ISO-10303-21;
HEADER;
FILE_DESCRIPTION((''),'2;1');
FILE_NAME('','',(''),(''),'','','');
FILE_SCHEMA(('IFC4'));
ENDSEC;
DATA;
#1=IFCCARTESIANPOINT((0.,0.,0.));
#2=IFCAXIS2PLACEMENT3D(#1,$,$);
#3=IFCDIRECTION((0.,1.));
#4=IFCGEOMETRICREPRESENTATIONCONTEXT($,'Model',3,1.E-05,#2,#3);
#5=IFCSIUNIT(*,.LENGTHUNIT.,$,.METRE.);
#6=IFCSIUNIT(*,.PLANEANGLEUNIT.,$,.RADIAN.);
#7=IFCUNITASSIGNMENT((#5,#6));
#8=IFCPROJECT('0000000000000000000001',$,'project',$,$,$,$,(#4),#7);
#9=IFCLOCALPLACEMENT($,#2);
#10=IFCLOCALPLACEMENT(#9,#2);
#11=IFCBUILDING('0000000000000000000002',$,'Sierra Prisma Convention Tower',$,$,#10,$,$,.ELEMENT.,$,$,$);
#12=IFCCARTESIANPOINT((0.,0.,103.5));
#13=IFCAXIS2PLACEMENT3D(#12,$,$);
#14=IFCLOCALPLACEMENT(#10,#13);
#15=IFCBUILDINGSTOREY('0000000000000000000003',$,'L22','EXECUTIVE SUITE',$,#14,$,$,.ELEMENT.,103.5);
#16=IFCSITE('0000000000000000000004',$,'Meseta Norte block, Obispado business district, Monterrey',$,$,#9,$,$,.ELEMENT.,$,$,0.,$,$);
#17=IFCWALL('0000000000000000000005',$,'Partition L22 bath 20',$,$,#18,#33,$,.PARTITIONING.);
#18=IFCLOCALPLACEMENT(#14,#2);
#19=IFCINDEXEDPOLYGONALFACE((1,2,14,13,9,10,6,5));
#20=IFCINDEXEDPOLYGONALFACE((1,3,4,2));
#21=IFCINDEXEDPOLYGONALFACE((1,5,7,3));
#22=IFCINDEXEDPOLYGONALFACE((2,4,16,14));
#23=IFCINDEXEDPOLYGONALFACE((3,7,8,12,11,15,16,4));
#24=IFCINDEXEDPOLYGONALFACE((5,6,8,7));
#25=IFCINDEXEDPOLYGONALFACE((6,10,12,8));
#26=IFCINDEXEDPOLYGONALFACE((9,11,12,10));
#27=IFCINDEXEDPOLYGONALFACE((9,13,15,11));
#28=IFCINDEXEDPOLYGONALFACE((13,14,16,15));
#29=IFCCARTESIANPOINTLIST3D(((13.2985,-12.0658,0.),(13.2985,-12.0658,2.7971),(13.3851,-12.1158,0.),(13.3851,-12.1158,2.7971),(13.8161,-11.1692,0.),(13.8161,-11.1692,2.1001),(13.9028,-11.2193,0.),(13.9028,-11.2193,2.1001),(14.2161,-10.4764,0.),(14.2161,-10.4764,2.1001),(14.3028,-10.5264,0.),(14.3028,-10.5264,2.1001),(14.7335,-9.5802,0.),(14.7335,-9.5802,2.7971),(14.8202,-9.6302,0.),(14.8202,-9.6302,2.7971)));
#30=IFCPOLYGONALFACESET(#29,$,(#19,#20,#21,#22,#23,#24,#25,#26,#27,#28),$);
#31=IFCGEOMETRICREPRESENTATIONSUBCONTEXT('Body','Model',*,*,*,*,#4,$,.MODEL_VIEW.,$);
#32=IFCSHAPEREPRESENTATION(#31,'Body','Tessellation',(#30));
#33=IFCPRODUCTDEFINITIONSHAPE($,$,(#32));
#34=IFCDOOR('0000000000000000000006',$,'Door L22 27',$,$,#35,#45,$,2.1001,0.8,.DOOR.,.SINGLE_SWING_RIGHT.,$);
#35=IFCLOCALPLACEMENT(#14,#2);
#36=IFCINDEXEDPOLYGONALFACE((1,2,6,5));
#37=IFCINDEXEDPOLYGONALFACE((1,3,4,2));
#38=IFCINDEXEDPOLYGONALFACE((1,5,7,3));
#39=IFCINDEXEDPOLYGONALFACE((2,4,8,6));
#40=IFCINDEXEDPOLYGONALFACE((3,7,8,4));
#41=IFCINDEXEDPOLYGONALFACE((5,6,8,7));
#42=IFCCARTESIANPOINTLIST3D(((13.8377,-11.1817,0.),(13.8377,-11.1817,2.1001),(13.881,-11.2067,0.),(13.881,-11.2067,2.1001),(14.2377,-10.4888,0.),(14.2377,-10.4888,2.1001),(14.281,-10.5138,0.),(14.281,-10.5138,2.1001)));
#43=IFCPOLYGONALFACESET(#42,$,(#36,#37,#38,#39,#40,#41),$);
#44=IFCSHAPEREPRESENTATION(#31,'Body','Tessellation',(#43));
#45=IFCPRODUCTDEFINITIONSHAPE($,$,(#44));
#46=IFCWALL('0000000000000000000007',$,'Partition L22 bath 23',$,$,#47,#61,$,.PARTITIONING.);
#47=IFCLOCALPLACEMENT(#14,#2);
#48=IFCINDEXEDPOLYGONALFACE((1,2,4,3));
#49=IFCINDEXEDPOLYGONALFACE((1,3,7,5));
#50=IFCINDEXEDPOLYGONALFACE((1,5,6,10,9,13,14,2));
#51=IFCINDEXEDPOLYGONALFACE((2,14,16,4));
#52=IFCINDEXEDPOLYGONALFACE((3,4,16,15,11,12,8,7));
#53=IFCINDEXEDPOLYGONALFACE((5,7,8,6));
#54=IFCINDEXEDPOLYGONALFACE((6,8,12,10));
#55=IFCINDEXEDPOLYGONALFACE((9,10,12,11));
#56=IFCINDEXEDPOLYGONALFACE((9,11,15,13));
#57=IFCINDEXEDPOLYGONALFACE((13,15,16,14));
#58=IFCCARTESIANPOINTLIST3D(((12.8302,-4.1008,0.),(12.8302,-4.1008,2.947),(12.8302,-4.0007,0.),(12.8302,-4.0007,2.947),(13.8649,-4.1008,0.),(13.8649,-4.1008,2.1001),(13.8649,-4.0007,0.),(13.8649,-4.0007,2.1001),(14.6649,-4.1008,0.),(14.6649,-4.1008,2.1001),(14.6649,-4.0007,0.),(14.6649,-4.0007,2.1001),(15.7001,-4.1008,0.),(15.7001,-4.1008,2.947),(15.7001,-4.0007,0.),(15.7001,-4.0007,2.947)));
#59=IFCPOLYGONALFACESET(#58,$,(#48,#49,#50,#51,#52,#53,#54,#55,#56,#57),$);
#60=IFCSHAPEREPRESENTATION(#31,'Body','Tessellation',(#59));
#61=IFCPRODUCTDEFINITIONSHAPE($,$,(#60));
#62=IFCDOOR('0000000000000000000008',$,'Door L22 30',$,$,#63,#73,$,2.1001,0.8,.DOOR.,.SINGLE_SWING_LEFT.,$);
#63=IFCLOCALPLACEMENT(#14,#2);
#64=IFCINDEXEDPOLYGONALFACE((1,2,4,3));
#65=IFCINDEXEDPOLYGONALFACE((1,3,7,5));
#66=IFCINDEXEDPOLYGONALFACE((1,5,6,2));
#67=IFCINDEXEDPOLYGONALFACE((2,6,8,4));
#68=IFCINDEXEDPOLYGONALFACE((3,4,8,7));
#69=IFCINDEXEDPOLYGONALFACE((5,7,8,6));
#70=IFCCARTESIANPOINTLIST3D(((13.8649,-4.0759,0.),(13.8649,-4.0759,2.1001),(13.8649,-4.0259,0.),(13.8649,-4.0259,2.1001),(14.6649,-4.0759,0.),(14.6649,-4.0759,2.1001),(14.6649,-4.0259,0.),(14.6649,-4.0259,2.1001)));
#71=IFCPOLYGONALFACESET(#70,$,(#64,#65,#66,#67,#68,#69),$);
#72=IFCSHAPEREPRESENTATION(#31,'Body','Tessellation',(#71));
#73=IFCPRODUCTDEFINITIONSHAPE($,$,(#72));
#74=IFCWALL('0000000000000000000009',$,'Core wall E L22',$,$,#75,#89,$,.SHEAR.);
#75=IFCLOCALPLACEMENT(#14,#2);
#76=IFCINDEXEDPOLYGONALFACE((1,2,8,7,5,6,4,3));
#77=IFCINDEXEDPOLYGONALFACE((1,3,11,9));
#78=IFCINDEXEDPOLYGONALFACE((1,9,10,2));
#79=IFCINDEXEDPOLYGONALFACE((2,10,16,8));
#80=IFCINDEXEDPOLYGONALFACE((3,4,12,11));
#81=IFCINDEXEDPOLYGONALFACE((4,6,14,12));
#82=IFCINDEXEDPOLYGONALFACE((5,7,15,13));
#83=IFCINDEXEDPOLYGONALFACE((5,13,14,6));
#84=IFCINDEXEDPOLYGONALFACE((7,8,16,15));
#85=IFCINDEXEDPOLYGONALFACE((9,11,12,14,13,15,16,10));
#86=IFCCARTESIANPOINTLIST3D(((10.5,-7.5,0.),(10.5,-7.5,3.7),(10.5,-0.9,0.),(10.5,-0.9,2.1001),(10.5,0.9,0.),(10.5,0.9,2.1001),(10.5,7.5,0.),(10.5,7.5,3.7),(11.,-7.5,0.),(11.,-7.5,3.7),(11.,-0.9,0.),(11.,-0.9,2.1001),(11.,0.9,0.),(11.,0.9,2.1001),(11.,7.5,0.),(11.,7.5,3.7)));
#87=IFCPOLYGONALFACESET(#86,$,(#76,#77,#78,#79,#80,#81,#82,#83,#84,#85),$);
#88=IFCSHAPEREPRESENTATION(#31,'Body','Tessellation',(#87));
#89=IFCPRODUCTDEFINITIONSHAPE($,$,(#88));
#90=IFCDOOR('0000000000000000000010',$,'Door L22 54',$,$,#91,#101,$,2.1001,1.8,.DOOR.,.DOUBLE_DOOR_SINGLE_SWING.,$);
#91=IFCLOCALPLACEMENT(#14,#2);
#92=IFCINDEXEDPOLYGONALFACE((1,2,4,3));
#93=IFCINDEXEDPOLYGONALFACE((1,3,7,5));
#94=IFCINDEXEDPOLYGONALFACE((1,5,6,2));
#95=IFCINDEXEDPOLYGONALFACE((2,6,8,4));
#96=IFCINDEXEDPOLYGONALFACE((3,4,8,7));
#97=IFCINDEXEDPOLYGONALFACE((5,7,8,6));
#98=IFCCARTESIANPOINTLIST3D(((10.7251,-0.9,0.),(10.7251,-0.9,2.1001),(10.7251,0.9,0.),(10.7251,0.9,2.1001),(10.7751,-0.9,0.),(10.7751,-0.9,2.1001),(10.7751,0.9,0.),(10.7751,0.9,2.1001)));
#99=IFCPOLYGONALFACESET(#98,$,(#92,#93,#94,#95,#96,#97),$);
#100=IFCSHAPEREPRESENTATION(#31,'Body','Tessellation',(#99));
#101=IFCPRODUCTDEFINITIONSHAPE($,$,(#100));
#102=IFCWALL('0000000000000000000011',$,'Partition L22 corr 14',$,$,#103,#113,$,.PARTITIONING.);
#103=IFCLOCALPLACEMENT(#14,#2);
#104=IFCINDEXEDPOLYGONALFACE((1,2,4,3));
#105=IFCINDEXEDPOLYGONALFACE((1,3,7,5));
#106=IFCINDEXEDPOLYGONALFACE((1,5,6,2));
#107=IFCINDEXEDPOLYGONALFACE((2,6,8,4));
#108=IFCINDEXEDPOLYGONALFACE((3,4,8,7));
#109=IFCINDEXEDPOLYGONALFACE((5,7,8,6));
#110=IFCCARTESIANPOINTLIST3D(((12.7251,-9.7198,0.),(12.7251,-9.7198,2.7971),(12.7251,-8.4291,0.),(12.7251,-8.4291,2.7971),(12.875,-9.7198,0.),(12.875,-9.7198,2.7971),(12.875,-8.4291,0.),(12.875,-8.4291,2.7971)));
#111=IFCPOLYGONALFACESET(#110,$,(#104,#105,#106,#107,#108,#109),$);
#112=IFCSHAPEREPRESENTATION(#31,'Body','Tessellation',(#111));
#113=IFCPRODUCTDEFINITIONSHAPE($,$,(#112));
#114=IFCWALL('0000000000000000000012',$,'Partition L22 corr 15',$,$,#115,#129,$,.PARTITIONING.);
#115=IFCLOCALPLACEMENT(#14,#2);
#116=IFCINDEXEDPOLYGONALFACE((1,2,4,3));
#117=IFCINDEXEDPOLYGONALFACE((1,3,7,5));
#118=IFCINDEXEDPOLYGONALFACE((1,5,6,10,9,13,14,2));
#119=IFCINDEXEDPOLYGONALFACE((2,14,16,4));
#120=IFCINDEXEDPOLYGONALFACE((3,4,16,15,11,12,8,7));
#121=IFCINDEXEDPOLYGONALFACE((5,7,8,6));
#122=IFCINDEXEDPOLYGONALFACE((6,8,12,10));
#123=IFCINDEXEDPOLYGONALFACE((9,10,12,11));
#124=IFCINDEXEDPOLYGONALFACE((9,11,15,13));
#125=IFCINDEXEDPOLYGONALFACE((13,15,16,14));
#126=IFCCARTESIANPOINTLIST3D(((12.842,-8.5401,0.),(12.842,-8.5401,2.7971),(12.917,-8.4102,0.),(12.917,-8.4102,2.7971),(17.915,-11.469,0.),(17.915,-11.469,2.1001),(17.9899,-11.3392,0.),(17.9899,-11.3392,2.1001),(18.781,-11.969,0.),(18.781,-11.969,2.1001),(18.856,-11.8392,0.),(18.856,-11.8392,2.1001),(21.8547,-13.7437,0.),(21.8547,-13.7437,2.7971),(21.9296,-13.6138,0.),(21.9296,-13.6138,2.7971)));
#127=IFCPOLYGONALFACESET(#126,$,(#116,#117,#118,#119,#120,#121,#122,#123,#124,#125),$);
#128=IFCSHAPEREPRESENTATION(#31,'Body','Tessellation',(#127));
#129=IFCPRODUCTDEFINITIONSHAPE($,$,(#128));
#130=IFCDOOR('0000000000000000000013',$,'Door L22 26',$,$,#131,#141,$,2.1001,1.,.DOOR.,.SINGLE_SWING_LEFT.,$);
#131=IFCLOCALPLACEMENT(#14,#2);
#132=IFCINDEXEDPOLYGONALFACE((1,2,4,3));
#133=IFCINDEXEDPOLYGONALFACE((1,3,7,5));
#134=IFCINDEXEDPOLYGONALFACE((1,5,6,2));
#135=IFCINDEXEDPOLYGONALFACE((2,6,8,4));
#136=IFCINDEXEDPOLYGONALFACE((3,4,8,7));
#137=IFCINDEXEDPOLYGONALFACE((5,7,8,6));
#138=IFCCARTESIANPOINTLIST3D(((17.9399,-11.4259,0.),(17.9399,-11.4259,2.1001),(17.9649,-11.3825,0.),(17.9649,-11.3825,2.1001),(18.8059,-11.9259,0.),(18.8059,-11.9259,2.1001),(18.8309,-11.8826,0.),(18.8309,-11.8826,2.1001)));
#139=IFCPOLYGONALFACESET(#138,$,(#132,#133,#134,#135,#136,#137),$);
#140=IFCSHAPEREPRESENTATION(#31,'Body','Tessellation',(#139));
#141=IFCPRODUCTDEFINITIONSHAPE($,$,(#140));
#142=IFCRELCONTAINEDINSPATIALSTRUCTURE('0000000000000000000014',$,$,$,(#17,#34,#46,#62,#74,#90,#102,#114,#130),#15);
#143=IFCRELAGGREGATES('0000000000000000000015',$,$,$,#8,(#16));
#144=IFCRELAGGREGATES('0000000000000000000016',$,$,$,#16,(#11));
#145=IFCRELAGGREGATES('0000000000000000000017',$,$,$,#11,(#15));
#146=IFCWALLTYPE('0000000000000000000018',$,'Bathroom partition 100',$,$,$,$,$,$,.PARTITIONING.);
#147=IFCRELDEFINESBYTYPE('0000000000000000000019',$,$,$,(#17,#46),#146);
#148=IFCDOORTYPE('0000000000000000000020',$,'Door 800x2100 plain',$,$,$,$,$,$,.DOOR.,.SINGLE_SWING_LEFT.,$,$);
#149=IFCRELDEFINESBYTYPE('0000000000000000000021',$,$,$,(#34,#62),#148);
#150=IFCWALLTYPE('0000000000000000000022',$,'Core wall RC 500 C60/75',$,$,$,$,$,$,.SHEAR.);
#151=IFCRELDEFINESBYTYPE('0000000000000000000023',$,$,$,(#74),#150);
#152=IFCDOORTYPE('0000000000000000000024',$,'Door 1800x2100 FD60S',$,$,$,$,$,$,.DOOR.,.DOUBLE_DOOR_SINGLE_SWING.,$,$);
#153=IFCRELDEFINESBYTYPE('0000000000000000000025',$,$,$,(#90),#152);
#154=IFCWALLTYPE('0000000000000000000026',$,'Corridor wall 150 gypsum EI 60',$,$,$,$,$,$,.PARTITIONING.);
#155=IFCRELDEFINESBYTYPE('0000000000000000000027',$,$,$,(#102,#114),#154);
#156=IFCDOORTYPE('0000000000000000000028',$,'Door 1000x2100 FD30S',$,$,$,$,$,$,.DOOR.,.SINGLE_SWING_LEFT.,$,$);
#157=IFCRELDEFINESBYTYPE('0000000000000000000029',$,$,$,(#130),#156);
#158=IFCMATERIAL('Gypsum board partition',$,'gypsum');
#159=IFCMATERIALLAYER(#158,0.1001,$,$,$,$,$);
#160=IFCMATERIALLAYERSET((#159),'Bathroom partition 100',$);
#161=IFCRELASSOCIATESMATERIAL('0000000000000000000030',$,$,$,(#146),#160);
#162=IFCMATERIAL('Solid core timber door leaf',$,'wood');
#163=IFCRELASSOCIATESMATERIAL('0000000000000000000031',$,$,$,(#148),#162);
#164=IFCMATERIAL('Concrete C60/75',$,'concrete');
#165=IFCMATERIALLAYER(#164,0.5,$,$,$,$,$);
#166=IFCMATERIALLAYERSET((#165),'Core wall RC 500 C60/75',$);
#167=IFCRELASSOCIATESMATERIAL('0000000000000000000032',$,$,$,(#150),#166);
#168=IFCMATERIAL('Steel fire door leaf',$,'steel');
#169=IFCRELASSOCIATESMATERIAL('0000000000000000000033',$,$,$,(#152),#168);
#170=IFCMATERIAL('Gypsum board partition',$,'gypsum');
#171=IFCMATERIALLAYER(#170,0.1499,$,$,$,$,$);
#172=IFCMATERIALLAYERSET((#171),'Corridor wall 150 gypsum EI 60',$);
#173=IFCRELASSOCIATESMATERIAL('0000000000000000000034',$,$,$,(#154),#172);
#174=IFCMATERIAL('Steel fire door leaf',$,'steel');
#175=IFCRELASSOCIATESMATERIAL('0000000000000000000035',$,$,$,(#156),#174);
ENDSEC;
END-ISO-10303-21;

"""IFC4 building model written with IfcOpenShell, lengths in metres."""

from ifc_helpers import new_model, si_unit, direction, frame, frame_2d, origin, place, context, subcontext, project, spatial, rectangle, extrude, material, layer, layer_set, type_object, element, fill, save


model = new_model("IFC4")

# Units and contexts
model_context = context("Model", 3, precision=1e-05, world=origin(), true_north=direction((0.0, 1.0)))
body_context = subcontext(model_context, "Body", "Model", "MODEL_VIEW")
ifc_project = project(units=[si_unit("LENGTHUNIT", "METRE"), si_unit("PLANEANGLEUNIT", "RADIAN")], contexts=[model_context])

# Site, building, storey
site_placement = place(None, origin())
site = spatial("IfcSite", under=ifc_project, at=site_placement, Name="Meseta Norte block, Obispado business district, Monterrey", CompositionType="ELEMENT", RefElevation=0.0)
building_placement = place(site_placement, origin())
building = spatial("IfcBuilding", under=site, at=building_placement, Name="Sierra Prisma Convention Tower", CompositionType="ELEMENT")
storey_placement = place(building_placement, frame((0.0, 0.0, 103.5)))
storey = spatial("IfcBuildingStorey", under=building, at=storey_placement, Name="L22", Description="EXECUTIVE SUITE", CompositionType="ELEMENT", Elevation=103.5)

# Walls, openings, doors
ifc_material_1 = material(Name="Gypsum board partition", Category="gypsum")
ifc_layer_1 = layer(ifc_material_1, 0.1001)
ifc_layer_set_1 = layer_set([ifc_layer_1], Name="Bathroom partition 100")
wall_type_1 = type_object("IfcWallType", Name="Bathroom partition 100", PredefinedType="PARTITIONING", material=ifc_layer_set_1)
wall_1_placement = place(storey_placement, frame((14.7769, -9.6052, 0.0), z_axis=(0.0, 0.0, 1.0), x_axis=(-0.5, -0.866026, 0.0)))
wall_1 = element("IfcWall", 1, at=wall_1_placement, inside=storey, type_object=wall_type_1, Name="Partition L22 bath 20", PredefinedType="PARTITIONING", context=body_context, shape_type="SweptSolid", body=[
    extrude(rectangle(XDim=2.8701, YDim=0.1001, at=frame_2d((1.4351, 0.0))), origin(), (0.0, 0.0, 1.0), 2.7971),
])
opening_1_placement = place(wall_1_placement, frame((1.0349, 0.0, 0.0)))
opening_1 = element("IfcOpeningElement", 2, at=opening_1_placement, cuts=wall_1, PredefinedType="OPENING", context=body_context, shape_type="SweptSolid", body=[
    extrude(rectangle(XDim=0.8, YDim=2.1001, at=frame_2d((0.3999, 1.05))), frame((0.0, 0.05, 0.0), z_axis=(0.0, -1.0, 0.0), x_axis=(1.0, 0.0, 0.0)), (0.0, 0.0, 1.0), 0.1001),
])
ifc_material_2 = material(Name="Solid core timber door leaf", Category="wood")
door_type_1 = type_object("IfcDoorType", Name="Door 800x2100 plain", OperationType="SINGLE_SWING_LEFT", PredefinedType="DOOR", material=ifc_material_2)
door_1_placement = place(opening_1_placement, origin())
door_1 = element("IfcDoor", 3, at=door_1_placement, inside=storey, type_object=door_type_1, Name="Door L22 27", OperationType="SINGLE_SWING_RIGHT", OverallHeight=2.1001, OverallWidth=0.8, PredefinedType="DOOR", context=body_context, shape_type="SweptSolid", body=[
    extrude(rectangle(XDim=0.8, YDim=2.1001, at=frame_2d((0.3999, 1.05))), frame((0.0, 0.0249, 0.0), z_axis=(0.0, -1.0, 0.0), x_axis=(1.0, 0.0, 0.0)), (0.0, 0.0, 1.0), 0.05),
])
fill(opening_1, door_1)
wall_2_placement = place(storey_placement, frame((12.8301, -4.0508, 0.0), z_axis=(0.0, 0.0, 1.0), x_axis=(1.0, 0.0, 0.0)))
wall_2 = element("IfcWall", 4, at=wall_2_placement, inside=storey, type_object=wall_type_1, Name="Partition L22 bath 23", PredefinedType="PARTITIONING", context=body_context, shape_type="SweptSolid", body=[
    extrude(rectangle(XDim=2.8699, YDim=0.1001, at=frame_2d((1.4351, 0.0))), origin(), (0.0, 0.0, 1.0), 2.947),
])
opening_2_placement = place(wall_2_placement, frame((1.0349, 0.0, 0.0)))
opening_2 = element("IfcOpeningElement", 5, at=opening_2_placement, cuts=wall_2, PredefinedType="OPENING", context=body_context, shape_type="SweptSolid", body=[
    extrude(rectangle(XDim=0.8, YDim=2.1001, at=frame_2d((0.3999, 1.05))), frame((0.0, 0.05, 0.0), z_axis=(0.0, -1.0, 0.0), x_axis=(1.0, 0.0, 0.0)), (0.0, 0.0, 1.0), 0.1001),
])
door_2_placement = place(opening_2_placement, origin())
door_2 = element("IfcDoor", 6, at=door_2_placement, inside=storey, type_object=door_type_1, Name="Door L22 30", OperationType="SINGLE_SWING_LEFT", OverallHeight=2.1001, OverallWidth=0.8, PredefinedType="DOOR", context=body_context, shape_type="SweptSolid", body=[
    extrude(rectangle(XDim=0.8, YDim=2.1001, at=frame_2d((0.3999, 1.05))), frame((0.0, 0.0249, 0.0), z_axis=(0.0, -1.0, 0.0), x_axis=(1.0, 0.0, 0.0)), (0.0, 0.0, 1.0), 0.05),
])
fill(opening_2, door_2)
ifc_material_3 = material(Name="Concrete C60/75", Category="concrete")
ifc_layer_2 = layer(ifc_material_3, 0.5)
ifc_layer_set_2 = layer_set([ifc_layer_2], Name="Core wall RC 500 C60/75")
wall_type_2 = type_object("IfcWallType", Name="Core wall RC 500 C60/75", PredefinedType="SHEAR", material=ifc_layer_set_2)
wall_3_placement = place(storey_placement, frame((10.75, -7.5, 0.0), z_axis=(0.0, 0.0, 1.0), x_axis=(0.0, 1.0, 0.0)))
wall_3 = element("IfcWall", 7, at=wall_3_placement, inside=storey, type_object=wall_type_2, Name="Core wall E L22", PredefinedType="SHEAR", context=body_context, shape_type="SweptSolid", body=[
    extrude(rectangle(XDim=15.0, YDim=0.5, at=frame_2d((7.5, 0.0))), origin(), (0.0, 0.0, 1.0), 3.7),
])
opening_3_placement = place(wall_3_placement, frame((6.6001, 0.0, 0.0)))
opening_3 = element("IfcOpeningElement", 8, at=opening_3_placement, cuts=wall_3, PredefinedType="OPENING", context=body_context, shape_type="SweptSolid", body=[
    extrude(rectangle(XDim=1.8, YDim=2.1001, at=frame_2d((0.8999, 1.05))), frame((0.0, 0.25, 0.0), z_axis=(0.0, -1.0, 0.0), x_axis=(1.0, 0.0, 0.0)), (0.0, 0.0, 1.0), 0.5),
])
ifc_material_4 = material(Name="Steel fire door leaf", Category="steel")
door_type_2 = type_object("IfcDoorType", Name="Door 1800x2100 FD60S", OperationType="DOUBLE_DOOR_SINGLE_SWING", PredefinedType="DOOR", material=ifc_material_4)
door_3_placement = place(opening_3_placement, origin())
door_3 = element("IfcDoor", 9, at=door_3_placement, inside=storey, type_object=door_type_2, Name="Door L22 54", OperationType="DOUBLE_DOOR_SINGLE_SWING", OverallHeight=2.1001, OverallWidth=1.8, PredefinedType="DOOR", context=body_context, shape_type="SweptSolid", body=[
    extrude(rectangle(XDim=1.8, YDim=2.1001, at=frame_2d((0.8999, 1.05))), frame((0.0, 0.0249, 0.0), z_axis=(0.0, -1.0, 0.0), x_axis=(1.0, 0.0, 0.0)), (0.0, 0.0, 1.0), 0.05),
])
fill(opening_3, door_3)

# Wall
ifc_material_5 = material(Name="Gypsum board partition", Category="gypsum")
ifc_layer_3 = layer(ifc_material_5, 0.1499)
ifc_layer_set_3 = layer_set([ifc_layer_3], Name="Corridor wall 150 gypsum EI 60")
wall_type_3 = type_object("IfcWallType", Name="Corridor wall 150 gypsum EI 60", PredefinedType="PARTITIONING", material=ifc_layer_set_3)
wall_4_placement = place(storey_placement, frame((12.8, -9.72, 0.0), z_axis=(0.0, 0.0, 1.0), x_axis=(0.0, 1.0, 0.0)))
element("IfcWall", 10, at=wall_4_placement, inside=storey, type_object=wall_type_3, Name="Partition L22 corr 14", PredefinedType="PARTITIONING", context=body_context, shape_type="SweptSolid", body=[
    extrude(rectangle(XDim=1.2908, YDim=0.1499, at=frame_2d((0.6455, 0.0))), origin(), (0.0, 0.0, 1.0), 2.7971),
])

# Wall, opening, door
wall_5_placement = place(storey_placement, frame((12.8794, -8.4751, 0.0), z_axis=(0.0, 0.0, 1.0), x_axis=(0.86602, -0.500009, 0.0)))
wall_5 = element("IfcWall", 11, at=wall_5_placement, inside=storey, type_object=wall_type_3, Name="Partition L22 corr 15", PredefinedType="PARTITIONING", context=body_context, shape_type="SweptSolid", body=[
    extrude(rectangle(XDim=10.407, YDim=0.1499, at=frame_2d((5.2036, 0.0))), origin(), (0.0, 0.0, 1.0), 2.7971),
])
opening_4_placement = place(wall_5_placement, frame((5.8579, 0.0, 0.0)))
opening_4 = element("IfcOpeningElement", 12, at=opening_4_placement, cuts=wall_5, PredefinedType="OPENING", context=body_context, shape_type="SweptSolid", body=[
    extrude(rectangle(XDim=1.0, YDim=2.1001, at=frame_2d((0.5, 1.05))), frame((0.0, 0.075, 0.0), z_axis=(0.0, -1.0, 0.0), x_axis=(1.0, 0.0, 0.0)), (0.0, 0.0, 1.0), 0.1499),
])
ifc_material_6 = material(Name="Steel fire door leaf", Category="steel")
door_type_3 = type_object("IfcDoorType", Name="Door 1000x2100 FD30S", OperationType="SINGLE_SWING_LEFT", PredefinedType="DOOR", material=ifc_material_6)
door_4_placement = place(opening_4_placement, origin())
door_4 = element("IfcDoor", 13, at=door_4_placement, inside=storey, type_object=door_type_3, Name="Door L22 26", OperationType="SINGLE_SWING_LEFT", OverallHeight=2.1001, OverallWidth=1.0, PredefinedType="DOOR", context=body_context, shape_type="SweptSolid", body=[
    extrude(rectangle(XDim=1.0, YDim=2.1001, at=frame_2d((0.5, 1.05))), frame((0.0, 0.0249, 0.0), z_axis=(0.0, -1.0, 0.0), x_axis=(1.0, 0.0, 0.0)), (0.0, 0.0, 1.0), 0.05),
])
fill(opening_4, door_4)

save(model, "model.ifc")
